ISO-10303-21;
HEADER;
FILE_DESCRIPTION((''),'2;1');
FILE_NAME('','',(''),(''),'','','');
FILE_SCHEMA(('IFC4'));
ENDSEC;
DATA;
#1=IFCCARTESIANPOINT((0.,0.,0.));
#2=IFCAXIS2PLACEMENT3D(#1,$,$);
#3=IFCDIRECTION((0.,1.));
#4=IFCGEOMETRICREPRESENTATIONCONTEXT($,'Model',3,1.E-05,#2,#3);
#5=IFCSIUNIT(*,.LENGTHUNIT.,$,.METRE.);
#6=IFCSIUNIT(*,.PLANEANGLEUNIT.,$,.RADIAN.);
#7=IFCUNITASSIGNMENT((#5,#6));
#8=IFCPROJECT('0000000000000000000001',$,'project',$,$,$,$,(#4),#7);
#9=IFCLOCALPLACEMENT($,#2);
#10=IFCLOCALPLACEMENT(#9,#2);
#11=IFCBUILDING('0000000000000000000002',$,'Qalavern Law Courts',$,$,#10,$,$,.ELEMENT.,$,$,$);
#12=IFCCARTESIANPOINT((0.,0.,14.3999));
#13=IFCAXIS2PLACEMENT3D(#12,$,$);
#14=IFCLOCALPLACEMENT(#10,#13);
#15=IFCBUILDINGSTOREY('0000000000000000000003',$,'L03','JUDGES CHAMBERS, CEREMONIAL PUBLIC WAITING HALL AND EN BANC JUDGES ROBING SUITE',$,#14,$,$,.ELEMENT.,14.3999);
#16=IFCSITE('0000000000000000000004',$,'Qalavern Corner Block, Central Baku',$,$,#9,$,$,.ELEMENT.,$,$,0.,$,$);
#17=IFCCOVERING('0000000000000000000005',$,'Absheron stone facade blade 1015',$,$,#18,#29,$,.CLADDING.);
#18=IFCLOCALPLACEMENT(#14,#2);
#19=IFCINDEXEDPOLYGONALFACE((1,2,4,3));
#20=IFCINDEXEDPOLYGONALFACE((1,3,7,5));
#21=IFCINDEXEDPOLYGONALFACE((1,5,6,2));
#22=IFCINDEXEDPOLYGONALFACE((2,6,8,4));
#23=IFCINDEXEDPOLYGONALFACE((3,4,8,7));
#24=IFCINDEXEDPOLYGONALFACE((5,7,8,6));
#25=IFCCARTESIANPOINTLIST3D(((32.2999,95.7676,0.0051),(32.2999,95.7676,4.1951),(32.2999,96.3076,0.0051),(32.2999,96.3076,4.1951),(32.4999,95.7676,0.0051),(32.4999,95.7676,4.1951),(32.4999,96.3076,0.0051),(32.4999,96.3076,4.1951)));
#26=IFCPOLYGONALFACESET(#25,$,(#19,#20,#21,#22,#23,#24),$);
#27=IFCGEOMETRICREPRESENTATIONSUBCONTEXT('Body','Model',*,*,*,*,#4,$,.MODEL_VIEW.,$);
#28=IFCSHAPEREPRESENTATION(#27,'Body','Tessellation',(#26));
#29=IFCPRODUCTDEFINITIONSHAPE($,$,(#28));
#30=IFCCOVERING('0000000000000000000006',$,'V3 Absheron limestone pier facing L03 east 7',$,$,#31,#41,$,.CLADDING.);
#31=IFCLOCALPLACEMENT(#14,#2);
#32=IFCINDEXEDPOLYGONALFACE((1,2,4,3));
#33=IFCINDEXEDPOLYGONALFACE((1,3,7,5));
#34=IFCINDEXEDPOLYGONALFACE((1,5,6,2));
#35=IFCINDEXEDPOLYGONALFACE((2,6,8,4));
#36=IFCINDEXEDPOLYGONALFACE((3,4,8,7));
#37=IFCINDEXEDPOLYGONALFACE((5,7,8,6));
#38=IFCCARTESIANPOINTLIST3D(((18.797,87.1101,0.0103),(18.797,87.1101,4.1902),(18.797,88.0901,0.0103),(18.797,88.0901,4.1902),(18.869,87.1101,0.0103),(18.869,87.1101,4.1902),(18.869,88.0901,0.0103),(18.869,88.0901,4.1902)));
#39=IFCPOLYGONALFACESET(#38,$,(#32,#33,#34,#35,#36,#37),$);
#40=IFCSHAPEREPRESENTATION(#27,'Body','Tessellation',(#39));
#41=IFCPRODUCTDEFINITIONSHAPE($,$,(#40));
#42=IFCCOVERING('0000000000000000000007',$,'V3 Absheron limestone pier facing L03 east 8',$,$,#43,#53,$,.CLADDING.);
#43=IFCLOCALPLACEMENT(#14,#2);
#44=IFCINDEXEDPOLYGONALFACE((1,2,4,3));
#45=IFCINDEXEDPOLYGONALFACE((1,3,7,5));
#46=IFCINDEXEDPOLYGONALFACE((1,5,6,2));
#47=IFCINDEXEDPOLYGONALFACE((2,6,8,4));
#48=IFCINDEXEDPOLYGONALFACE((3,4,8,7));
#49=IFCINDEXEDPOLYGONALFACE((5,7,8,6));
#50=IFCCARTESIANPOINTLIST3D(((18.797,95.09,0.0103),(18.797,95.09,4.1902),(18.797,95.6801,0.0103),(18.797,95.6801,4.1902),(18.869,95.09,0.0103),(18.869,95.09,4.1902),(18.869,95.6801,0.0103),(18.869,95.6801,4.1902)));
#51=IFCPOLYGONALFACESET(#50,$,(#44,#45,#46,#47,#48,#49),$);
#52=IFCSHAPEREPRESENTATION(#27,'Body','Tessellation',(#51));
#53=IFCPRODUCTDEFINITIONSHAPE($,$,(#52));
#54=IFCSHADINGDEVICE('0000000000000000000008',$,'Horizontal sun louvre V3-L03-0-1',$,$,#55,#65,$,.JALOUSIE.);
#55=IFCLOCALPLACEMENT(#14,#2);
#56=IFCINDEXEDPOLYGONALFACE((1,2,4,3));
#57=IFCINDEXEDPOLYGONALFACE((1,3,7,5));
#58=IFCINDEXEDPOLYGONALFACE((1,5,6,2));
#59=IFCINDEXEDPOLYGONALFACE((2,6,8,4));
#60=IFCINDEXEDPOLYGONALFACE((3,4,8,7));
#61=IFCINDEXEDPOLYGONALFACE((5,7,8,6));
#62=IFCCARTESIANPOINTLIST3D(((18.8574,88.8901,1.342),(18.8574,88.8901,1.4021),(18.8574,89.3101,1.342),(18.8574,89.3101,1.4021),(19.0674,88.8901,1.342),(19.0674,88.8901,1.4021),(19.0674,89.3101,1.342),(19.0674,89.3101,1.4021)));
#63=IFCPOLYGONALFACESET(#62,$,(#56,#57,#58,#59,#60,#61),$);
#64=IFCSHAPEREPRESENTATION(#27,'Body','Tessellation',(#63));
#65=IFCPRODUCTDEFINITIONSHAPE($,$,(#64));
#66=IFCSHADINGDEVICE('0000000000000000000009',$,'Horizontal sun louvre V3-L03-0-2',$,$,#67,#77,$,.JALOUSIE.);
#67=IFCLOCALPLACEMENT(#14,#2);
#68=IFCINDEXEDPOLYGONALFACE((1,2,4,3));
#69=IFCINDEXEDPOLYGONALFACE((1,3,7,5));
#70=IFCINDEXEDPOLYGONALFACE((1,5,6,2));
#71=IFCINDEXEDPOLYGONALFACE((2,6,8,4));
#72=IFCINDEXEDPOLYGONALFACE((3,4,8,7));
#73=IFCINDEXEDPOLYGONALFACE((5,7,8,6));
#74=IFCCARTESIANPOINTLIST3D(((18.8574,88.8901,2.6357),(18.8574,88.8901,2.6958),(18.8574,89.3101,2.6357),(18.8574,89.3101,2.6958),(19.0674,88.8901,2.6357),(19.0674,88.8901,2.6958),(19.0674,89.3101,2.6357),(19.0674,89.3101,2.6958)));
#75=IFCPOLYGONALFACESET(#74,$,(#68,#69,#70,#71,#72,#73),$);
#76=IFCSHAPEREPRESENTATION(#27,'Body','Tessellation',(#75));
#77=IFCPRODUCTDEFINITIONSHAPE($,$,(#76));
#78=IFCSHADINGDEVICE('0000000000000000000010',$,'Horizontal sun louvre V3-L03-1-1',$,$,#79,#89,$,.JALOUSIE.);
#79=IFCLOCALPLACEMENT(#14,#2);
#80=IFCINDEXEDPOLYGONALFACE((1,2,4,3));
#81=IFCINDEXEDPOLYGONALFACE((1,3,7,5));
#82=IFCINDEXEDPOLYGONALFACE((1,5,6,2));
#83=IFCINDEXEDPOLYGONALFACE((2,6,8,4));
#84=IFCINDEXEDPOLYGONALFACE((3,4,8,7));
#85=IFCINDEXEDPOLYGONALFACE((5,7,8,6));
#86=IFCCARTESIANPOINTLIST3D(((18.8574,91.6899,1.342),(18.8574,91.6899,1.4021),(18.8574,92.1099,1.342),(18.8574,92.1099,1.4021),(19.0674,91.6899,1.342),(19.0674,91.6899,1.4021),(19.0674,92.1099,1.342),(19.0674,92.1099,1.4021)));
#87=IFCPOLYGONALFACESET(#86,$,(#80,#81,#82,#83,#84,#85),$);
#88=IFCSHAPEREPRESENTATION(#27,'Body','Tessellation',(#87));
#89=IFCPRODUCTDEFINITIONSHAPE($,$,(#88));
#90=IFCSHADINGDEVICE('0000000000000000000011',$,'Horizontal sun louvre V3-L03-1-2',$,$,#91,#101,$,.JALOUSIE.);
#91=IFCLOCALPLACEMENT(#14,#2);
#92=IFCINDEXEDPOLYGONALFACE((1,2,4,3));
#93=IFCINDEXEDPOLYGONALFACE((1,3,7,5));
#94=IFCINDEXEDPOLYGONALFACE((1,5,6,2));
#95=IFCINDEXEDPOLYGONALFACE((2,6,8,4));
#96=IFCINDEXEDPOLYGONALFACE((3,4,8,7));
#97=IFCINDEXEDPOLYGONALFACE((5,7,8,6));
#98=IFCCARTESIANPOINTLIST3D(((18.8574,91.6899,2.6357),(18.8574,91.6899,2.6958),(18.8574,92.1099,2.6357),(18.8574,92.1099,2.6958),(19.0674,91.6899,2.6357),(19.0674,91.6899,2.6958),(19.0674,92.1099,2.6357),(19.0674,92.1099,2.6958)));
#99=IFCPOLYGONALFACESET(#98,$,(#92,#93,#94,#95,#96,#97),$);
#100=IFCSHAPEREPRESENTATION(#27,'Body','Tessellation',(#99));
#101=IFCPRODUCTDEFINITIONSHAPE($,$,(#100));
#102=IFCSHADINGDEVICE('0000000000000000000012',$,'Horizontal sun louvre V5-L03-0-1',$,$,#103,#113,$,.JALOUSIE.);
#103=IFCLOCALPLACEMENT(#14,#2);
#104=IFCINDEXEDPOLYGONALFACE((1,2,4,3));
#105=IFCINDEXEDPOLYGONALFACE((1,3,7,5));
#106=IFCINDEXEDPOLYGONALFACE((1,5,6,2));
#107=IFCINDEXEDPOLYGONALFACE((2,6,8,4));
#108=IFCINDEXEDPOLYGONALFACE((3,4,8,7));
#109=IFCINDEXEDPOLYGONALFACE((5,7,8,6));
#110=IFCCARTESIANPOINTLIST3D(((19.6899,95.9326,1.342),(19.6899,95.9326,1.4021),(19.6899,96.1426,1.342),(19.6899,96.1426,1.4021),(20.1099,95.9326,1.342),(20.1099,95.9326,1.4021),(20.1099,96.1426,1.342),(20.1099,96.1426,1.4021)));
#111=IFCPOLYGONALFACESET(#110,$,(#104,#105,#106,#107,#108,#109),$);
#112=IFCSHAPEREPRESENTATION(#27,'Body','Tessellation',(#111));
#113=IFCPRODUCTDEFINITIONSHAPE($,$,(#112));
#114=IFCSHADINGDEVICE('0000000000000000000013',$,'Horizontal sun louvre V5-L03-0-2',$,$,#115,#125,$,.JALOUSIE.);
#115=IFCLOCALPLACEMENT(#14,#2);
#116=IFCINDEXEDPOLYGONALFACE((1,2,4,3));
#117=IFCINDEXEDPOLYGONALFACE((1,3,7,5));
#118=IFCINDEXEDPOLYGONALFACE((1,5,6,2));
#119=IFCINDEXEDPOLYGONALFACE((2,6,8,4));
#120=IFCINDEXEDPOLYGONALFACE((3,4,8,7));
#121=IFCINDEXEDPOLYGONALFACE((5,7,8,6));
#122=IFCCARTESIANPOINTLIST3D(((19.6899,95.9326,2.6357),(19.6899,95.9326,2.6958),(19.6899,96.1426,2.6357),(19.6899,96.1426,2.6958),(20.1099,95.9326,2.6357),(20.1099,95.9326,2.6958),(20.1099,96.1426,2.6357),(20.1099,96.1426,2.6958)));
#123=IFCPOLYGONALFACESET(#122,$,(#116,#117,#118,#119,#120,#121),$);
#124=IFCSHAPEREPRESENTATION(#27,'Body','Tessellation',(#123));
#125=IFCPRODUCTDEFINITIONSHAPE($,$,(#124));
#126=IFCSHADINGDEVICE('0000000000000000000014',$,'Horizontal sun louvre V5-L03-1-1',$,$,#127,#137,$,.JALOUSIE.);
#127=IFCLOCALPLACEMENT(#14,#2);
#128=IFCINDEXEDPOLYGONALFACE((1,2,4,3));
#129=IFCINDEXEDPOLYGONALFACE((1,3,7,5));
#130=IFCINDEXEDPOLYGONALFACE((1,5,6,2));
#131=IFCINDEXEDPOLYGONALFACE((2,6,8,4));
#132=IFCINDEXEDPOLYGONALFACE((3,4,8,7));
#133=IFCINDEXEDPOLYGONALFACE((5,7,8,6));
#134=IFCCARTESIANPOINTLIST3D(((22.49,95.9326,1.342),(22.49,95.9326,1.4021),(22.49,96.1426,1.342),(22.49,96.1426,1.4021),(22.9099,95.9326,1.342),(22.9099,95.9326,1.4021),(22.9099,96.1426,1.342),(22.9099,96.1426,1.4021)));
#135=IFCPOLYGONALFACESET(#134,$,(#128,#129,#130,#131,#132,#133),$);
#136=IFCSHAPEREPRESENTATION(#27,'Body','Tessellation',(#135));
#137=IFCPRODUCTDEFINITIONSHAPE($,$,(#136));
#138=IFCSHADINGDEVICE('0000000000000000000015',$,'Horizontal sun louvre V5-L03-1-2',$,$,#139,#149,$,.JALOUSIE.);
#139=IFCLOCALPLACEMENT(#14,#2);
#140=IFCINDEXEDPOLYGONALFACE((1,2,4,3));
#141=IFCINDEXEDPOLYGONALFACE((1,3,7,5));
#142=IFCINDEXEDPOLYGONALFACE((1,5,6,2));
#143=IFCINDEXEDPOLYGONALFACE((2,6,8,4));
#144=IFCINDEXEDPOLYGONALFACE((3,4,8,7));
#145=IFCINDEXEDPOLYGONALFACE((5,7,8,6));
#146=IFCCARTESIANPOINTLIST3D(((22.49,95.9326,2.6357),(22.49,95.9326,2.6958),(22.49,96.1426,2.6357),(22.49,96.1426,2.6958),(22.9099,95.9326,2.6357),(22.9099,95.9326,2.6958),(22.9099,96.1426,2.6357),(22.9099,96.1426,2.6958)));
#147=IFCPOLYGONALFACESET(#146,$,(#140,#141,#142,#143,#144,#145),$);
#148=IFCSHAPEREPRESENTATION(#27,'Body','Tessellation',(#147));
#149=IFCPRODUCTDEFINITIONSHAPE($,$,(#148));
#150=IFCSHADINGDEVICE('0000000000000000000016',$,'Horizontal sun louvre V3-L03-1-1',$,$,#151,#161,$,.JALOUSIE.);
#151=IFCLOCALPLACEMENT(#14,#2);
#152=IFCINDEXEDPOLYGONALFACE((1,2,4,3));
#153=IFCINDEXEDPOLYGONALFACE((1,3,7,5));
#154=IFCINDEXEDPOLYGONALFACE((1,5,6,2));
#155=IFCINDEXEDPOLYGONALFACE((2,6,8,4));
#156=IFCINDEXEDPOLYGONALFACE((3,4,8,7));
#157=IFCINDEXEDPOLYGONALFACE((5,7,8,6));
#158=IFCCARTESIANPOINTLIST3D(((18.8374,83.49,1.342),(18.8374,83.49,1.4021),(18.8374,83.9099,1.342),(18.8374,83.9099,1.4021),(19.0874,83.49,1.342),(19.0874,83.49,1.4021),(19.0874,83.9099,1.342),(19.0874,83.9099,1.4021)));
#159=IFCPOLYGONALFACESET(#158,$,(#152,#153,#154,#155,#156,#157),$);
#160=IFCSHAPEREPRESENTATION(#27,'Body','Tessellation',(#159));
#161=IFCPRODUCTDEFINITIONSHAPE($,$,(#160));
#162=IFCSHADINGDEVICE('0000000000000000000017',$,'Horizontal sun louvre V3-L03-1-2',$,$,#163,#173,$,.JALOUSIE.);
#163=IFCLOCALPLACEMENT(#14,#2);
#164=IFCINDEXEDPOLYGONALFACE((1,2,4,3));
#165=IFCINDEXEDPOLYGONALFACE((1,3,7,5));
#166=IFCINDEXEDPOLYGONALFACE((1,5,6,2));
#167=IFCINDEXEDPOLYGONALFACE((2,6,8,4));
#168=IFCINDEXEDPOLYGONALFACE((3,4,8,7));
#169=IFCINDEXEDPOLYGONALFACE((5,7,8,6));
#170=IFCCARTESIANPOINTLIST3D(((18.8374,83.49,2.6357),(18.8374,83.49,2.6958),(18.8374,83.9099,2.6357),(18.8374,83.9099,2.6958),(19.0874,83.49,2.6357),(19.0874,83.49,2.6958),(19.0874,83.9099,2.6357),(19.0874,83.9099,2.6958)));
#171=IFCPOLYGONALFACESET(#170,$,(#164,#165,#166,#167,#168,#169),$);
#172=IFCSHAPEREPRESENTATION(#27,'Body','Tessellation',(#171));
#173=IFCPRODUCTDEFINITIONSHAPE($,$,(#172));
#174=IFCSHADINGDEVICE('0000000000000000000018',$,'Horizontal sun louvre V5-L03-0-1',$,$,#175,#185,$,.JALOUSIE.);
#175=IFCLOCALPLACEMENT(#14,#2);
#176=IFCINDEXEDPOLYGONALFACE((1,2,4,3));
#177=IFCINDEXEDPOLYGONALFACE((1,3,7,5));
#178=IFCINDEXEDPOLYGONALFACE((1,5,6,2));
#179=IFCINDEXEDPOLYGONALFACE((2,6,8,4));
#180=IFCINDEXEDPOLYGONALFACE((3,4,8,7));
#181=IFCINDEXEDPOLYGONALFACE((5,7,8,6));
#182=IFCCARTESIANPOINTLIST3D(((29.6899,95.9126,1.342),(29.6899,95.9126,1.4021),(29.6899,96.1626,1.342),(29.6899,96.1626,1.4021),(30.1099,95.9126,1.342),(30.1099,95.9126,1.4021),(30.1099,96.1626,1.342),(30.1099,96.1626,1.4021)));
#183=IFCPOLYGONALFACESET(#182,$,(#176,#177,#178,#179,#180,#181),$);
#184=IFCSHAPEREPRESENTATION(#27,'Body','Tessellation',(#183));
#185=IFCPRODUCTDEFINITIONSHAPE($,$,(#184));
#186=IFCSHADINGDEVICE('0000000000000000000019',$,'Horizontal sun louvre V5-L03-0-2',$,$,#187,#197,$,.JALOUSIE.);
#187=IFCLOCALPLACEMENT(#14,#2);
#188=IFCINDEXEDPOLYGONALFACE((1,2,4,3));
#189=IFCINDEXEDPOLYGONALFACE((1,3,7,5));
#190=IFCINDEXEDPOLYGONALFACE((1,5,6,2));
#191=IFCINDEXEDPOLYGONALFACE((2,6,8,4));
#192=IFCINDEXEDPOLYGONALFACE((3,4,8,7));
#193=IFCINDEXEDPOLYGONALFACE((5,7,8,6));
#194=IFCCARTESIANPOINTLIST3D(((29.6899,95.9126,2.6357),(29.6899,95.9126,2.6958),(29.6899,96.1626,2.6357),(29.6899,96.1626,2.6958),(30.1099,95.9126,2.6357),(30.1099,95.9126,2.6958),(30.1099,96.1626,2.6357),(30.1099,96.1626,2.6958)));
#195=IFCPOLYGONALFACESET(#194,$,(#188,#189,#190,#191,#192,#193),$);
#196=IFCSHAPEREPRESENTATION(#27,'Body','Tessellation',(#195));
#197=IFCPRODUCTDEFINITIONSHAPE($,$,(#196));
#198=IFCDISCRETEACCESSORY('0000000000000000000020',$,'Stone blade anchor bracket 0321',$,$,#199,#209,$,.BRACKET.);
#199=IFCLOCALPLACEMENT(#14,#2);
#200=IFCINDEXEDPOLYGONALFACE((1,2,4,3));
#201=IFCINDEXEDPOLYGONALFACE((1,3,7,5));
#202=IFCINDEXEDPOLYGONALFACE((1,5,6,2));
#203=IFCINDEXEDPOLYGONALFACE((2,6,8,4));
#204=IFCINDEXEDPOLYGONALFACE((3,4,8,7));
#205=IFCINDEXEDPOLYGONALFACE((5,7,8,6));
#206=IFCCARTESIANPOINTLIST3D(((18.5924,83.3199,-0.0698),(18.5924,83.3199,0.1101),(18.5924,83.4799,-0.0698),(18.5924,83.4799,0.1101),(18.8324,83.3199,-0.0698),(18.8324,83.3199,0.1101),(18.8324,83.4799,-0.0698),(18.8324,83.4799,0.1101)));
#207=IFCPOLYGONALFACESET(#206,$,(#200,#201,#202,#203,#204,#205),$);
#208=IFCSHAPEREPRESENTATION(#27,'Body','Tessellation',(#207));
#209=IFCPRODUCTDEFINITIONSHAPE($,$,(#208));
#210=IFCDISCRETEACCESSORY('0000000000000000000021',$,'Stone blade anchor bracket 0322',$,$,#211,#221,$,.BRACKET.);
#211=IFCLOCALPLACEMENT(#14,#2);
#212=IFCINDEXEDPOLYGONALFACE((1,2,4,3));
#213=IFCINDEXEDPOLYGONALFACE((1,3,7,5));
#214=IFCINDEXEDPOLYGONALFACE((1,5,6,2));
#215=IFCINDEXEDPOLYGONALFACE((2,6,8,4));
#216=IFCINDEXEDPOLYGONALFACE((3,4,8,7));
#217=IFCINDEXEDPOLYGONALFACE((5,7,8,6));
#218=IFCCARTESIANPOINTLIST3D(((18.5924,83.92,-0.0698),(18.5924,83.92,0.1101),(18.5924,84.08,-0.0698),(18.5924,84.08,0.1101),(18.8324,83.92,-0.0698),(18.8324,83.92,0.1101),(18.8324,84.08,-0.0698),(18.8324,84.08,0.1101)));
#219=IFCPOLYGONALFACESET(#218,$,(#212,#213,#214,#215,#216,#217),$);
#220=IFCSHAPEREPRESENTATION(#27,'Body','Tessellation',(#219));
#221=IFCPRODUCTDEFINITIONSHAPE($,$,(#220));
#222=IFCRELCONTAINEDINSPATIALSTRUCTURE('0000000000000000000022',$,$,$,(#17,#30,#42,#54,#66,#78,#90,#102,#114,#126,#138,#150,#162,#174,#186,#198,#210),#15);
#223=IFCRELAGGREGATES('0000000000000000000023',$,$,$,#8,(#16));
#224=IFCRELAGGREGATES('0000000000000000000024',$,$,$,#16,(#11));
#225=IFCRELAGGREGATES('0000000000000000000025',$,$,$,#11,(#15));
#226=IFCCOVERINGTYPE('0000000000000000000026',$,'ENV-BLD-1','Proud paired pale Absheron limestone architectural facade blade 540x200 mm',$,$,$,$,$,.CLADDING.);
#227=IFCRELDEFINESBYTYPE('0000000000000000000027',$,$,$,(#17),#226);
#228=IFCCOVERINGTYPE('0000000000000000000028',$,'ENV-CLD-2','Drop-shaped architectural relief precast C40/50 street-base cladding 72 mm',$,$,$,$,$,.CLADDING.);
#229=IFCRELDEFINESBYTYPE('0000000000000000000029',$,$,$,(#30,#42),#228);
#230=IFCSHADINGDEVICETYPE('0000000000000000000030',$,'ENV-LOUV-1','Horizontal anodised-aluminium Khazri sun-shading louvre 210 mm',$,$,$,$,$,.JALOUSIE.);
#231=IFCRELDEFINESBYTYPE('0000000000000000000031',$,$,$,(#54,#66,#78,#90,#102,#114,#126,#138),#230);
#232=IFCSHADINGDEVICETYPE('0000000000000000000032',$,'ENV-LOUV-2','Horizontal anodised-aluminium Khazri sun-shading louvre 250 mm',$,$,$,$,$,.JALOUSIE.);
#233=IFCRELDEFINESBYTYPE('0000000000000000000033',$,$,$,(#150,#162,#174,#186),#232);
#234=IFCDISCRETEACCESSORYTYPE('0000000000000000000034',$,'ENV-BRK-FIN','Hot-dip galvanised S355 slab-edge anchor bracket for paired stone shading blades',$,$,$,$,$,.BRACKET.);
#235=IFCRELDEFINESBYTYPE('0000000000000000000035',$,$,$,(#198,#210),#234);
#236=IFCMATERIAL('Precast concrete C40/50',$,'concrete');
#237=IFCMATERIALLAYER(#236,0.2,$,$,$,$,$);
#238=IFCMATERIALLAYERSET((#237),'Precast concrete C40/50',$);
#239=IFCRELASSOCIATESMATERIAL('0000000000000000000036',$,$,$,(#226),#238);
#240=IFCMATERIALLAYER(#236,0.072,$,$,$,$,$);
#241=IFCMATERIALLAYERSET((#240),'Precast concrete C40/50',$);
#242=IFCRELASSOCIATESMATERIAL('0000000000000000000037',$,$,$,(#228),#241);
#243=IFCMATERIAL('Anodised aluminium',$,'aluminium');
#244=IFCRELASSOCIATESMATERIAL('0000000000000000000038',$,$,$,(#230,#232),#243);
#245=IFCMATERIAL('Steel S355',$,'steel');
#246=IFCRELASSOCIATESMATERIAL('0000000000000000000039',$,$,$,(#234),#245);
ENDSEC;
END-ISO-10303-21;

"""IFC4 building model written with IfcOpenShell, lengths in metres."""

from ifc_helpers import new_model, si_unit, direction, frame, origin, origin_2d, place, context, subcontext, project, spatial, rectangle, extrude, material, layer, layer_set, type_object, element, save


model = new_model("IFC4")

# Units and contexts
model_context = context("Model", 3, precision=1e-05, world=origin(), true_north=direction((0.0, 1.0)))
body_context = subcontext(model_context, "Body", "Model", "MODEL_VIEW")
ifc_project = project(units=[si_unit("LENGTHUNIT", "METRE"), si_unit("PLANEANGLEUNIT", "RADIAN")], contexts=[model_context])

# Site, building, storey
site_placement = place(None, origin())
site = spatial("IfcSite", under=ifc_project, at=site_placement, Name="Qalavern Corner Block, Central Baku", CompositionType="ELEMENT", RefElevation=0.0)
building_placement = place(site_placement, origin())
building = spatial("IfcBuilding", under=site, at=building_placement, Name="Qalavern Law Courts", CompositionType="ELEMENT")
storey_placement = place(building_placement, frame((0.0, 0.0, 14.3999)))
storey = spatial("IfcBuildingStorey", under=building, at=storey_placement, Name="L03", Description="JUDGES CHAMBERS, CEREMONIAL PUBLIC WAITING HALL AND EN BANC JUDGES ROBING SUITE", CompositionType="ELEMENT", Elevation=14.3999)

# Shared definitions
ifc_material_1 = material(Name="Anodised aluminium", Category="aluminium")

# Coverings
ifc_material_2 = material(Name="Precast concrete C40/50", Category="concrete")
ifc_layer_1 = layer(ifc_material_2, 0.2)
ifc_layer_set_1 = layer_set([ifc_layer_1], Name="Precast concrete C40/50")
covering_type_1 = type_object("IfcCoveringType", Name="ENV-BLD-1", Description="Proud paired pale Absheron limestone architectural facade blade 540x200 mm", PredefinedType="CLADDING", material=ifc_layer_set_1)
for number, where, z_axis, x_axis, name in (
    (1, (32.3999, 96.0376, 0.0051), (0.0, 0.0, 1.0), (0.0, -1.0, 0.0), "Absheron stone facade blade 1015"),
):
    element("IfcCovering", number, at=place(storey_placement, frame(where, z_axis=z_axis, x_axis=x_axis)), inside=storey, type_object=covering_type_1, Name=name, PredefinedType="CLADDING", context=body_context, shape_type="SweptSolid", body=[
        extrude(rectangle(XDim=0.54, YDim=0.2, at=origin_2d()), origin(), (0.0, 0.0, 1.0), 4.1899),
    ])
ifc_layer_2 = layer(ifc_material_2, 0.072)
ifc_layer_set_2 = layer_set([ifc_layer_2], Name="Precast concrete C40/50")
covering_type_2 = type_object("IfcCoveringType", Name="ENV-CLD-2", Description="Drop-shaped architectural relief precast C40/50 street-base cladding 72 mm", PredefinedType="CLADDING", material=ifc_layer_set_2)
covering_1_placement = place(storey_placement, frame((18.833, 87.6001, 0.0103), z_axis=(0.0, 0.0, 1.0), x_axis=(0.0, 1.0, 0.0)))
element("IfcCovering", 2, at=covering_1_placement, inside=storey, type_object=covering_type_2, Name="V3 Absheron limestone pier facing L03 east 7", PredefinedType="CLADDING", context=body_context, shape_type="SweptSolid", body=[
    extrude(rectangle(XDim=0.98, YDim=0.072, at=origin_2d()), origin(), (0.0, 0.0, 1.0), 4.1799),
])
covering_2_placement = place(storey_placement, frame((18.833, 95.385, 0.0103), z_axis=(0.0, 0.0, 1.0), x_axis=(0.0, 1.0, 0.0)))
element("IfcCovering", 3, at=covering_2_placement, inside=storey, type_object=covering_type_2, Name="V3 Absheron limestone pier facing L03 east 8", PredefinedType="CLADDING", context=body_context, shape_type="SweptSolid", body=[
    extrude(rectangle(XDim=0.5901, YDim=0.072, at=origin_2d()), origin(), (0.0, 0.0, 1.0), 4.1799),
])

# Shading devices
shading_device_type_1 = type_object("IfcShadingDeviceType", Name="ENV-LOUV-1", Description="Horizontal anodised-aluminium Khazri sun-shading louvre 210 mm", PredefinedType="JALOUSIE", material=ifc_material_1)
for number, where, z_axis, x_axis, name in (
    (4, (18.9624, 89.1001, 1.342), (0.0, 0.0, 1.0), (0.0, 1.0, 0.0), "Horizontal sun louvre V3-L03-0-1"),
    (5, (18.9624, 89.1001, 2.6357), (0.0, 0.0, 1.0), (0.0, 1.0, 0.0), "Horizontal sun louvre V3-L03-0-2"),
    (6, (18.9624, 91.8999, 1.342), (0.0, 0.0, 1.0), (0.0, 1.0, 0.0), "Horizontal sun louvre V3-L03-1-1"),
    (7, (18.9624, 91.8999, 2.6357), (0.0, 0.0, 1.0), (0.0, 1.0, 0.0), "Horizontal sun louvre V3-L03-1-2"),
    (8, (19.8999, 96.0376, 1.342), (0.0, 0.0, 1.0), (1.0, 0.0, 0.0), "Horizontal sun louvre V5-L03-0-1"),
    (9, (19.8999, 96.0376, 2.6357), (0.0, 0.0, 1.0), (1.0, 0.0, 0.0), "Horizontal sun louvre V5-L03-0-2"),
    (10, (22.7, 96.0376, 1.342), (0.0, 0.0, 1.0), (1.0, 0.0, 0.0), "Horizontal sun louvre V5-L03-1-1"),
    (11, (22.7, 96.0376, 2.6357), (0.0, 0.0, 1.0), (1.0, 0.0, 0.0), "Horizontal sun louvre V5-L03-1-2"),
):
    element("IfcShadingDevice", number, at=place(storey_placement, frame(where, z_axis=z_axis, x_axis=x_axis)), inside=storey, type_object=shading_device_type_1, Name=name, PredefinedType="JALOUSIE", context=body_context, shape_type="SweptSolid", body=[
        extrude(rectangle(XDim=0.4199, YDim=0.21, at=origin_2d()), origin(), (0.0, 0.0, 1.0), 0.0601),
    ])
shading_device_type_2 = type_object("IfcShadingDeviceType", Name="ENV-LOUV-2", Description="Horizontal anodised-aluminium Khazri sun-shading louvre 250 mm", PredefinedType="JALOUSIE", material=ifc_material_1)
for number, where, z_axis, x_axis, name in (
    (12, (18.9624, 83.7, 1.342), (0.0, 0.0, 1.0), (0.0, 1.0, 0.0), "Horizontal sun louvre V3-L03-1-1"),
    (13, (18.9624, 83.7, 2.6357), (0.0, 0.0, 1.0), (0.0, 1.0, 0.0), "Horizontal sun louvre V3-L03-1-2"),
    (14, (29.8999, 96.0376, 1.342), (0.0, 0.0, 1.0), (1.0, 0.0, 0.0), "Horizontal sun louvre V5-L03-0-1"),
    (15, (29.8999, 96.0376, 2.6357), (0.0, 0.0, 1.0), (1.0, 0.0, 0.0), "Horizontal sun louvre V5-L03-0-2"),
):
    element("IfcShadingDevice", number, at=place(storey_placement, frame(where, z_axis=z_axis, x_axis=x_axis)), inside=storey, type_object=shading_device_type_2, Name=name, PredefinedType="JALOUSIE", context=body_context, shape_type="SweptSolid", body=[
        extrude(rectangle(XDim=0.4199, YDim=0.25, at=origin_2d()), origin(), (0.0, 0.0, 1.0), 0.0601),
    ])

# Discrete accessories
ifc_material_3 = material(Name="Steel S355", Category="steel")
discrete_accessory_type = type_object("IfcDiscreteAccessoryType", Name="ENV-BRK-FIN", Description="Hot-dip galvanised S355 slab-edge anchor bracket for paired stone shading blades", PredefinedType="BRACKET", material=ifc_material_3)
for number, where, z_axis, x_axis, name in (
    (16, (18.7124, 83.3999, -0.0698), (0.0, 0.0, 1.0), (1.0, 0.0, 0.0), "Stone blade anchor bracket 0321"),
    (17, (18.7124, 84.0, -0.0698), (0.0, 0.0, 1.0), (1.0, 0.0, 0.0), "Stone blade anchor bracket 0322"),
):
    element("IfcDiscreteAccessory", number, at=place(storey_placement, frame(where, z_axis=z_axis, x_axis=x_axis)), inside=storey, type_object=discrete_accessory_type, Name=name, PredefinedType="BRACKET", context=body_context, shape_type="SweptSolid", body=[
        extrude(rectangle(XDim=0.24, YDim=0.1599, at=origin_2d()), origin(), (0.0, 0.0, 1.0), 0.1799),
    ])

save(model, "model.ifc")
